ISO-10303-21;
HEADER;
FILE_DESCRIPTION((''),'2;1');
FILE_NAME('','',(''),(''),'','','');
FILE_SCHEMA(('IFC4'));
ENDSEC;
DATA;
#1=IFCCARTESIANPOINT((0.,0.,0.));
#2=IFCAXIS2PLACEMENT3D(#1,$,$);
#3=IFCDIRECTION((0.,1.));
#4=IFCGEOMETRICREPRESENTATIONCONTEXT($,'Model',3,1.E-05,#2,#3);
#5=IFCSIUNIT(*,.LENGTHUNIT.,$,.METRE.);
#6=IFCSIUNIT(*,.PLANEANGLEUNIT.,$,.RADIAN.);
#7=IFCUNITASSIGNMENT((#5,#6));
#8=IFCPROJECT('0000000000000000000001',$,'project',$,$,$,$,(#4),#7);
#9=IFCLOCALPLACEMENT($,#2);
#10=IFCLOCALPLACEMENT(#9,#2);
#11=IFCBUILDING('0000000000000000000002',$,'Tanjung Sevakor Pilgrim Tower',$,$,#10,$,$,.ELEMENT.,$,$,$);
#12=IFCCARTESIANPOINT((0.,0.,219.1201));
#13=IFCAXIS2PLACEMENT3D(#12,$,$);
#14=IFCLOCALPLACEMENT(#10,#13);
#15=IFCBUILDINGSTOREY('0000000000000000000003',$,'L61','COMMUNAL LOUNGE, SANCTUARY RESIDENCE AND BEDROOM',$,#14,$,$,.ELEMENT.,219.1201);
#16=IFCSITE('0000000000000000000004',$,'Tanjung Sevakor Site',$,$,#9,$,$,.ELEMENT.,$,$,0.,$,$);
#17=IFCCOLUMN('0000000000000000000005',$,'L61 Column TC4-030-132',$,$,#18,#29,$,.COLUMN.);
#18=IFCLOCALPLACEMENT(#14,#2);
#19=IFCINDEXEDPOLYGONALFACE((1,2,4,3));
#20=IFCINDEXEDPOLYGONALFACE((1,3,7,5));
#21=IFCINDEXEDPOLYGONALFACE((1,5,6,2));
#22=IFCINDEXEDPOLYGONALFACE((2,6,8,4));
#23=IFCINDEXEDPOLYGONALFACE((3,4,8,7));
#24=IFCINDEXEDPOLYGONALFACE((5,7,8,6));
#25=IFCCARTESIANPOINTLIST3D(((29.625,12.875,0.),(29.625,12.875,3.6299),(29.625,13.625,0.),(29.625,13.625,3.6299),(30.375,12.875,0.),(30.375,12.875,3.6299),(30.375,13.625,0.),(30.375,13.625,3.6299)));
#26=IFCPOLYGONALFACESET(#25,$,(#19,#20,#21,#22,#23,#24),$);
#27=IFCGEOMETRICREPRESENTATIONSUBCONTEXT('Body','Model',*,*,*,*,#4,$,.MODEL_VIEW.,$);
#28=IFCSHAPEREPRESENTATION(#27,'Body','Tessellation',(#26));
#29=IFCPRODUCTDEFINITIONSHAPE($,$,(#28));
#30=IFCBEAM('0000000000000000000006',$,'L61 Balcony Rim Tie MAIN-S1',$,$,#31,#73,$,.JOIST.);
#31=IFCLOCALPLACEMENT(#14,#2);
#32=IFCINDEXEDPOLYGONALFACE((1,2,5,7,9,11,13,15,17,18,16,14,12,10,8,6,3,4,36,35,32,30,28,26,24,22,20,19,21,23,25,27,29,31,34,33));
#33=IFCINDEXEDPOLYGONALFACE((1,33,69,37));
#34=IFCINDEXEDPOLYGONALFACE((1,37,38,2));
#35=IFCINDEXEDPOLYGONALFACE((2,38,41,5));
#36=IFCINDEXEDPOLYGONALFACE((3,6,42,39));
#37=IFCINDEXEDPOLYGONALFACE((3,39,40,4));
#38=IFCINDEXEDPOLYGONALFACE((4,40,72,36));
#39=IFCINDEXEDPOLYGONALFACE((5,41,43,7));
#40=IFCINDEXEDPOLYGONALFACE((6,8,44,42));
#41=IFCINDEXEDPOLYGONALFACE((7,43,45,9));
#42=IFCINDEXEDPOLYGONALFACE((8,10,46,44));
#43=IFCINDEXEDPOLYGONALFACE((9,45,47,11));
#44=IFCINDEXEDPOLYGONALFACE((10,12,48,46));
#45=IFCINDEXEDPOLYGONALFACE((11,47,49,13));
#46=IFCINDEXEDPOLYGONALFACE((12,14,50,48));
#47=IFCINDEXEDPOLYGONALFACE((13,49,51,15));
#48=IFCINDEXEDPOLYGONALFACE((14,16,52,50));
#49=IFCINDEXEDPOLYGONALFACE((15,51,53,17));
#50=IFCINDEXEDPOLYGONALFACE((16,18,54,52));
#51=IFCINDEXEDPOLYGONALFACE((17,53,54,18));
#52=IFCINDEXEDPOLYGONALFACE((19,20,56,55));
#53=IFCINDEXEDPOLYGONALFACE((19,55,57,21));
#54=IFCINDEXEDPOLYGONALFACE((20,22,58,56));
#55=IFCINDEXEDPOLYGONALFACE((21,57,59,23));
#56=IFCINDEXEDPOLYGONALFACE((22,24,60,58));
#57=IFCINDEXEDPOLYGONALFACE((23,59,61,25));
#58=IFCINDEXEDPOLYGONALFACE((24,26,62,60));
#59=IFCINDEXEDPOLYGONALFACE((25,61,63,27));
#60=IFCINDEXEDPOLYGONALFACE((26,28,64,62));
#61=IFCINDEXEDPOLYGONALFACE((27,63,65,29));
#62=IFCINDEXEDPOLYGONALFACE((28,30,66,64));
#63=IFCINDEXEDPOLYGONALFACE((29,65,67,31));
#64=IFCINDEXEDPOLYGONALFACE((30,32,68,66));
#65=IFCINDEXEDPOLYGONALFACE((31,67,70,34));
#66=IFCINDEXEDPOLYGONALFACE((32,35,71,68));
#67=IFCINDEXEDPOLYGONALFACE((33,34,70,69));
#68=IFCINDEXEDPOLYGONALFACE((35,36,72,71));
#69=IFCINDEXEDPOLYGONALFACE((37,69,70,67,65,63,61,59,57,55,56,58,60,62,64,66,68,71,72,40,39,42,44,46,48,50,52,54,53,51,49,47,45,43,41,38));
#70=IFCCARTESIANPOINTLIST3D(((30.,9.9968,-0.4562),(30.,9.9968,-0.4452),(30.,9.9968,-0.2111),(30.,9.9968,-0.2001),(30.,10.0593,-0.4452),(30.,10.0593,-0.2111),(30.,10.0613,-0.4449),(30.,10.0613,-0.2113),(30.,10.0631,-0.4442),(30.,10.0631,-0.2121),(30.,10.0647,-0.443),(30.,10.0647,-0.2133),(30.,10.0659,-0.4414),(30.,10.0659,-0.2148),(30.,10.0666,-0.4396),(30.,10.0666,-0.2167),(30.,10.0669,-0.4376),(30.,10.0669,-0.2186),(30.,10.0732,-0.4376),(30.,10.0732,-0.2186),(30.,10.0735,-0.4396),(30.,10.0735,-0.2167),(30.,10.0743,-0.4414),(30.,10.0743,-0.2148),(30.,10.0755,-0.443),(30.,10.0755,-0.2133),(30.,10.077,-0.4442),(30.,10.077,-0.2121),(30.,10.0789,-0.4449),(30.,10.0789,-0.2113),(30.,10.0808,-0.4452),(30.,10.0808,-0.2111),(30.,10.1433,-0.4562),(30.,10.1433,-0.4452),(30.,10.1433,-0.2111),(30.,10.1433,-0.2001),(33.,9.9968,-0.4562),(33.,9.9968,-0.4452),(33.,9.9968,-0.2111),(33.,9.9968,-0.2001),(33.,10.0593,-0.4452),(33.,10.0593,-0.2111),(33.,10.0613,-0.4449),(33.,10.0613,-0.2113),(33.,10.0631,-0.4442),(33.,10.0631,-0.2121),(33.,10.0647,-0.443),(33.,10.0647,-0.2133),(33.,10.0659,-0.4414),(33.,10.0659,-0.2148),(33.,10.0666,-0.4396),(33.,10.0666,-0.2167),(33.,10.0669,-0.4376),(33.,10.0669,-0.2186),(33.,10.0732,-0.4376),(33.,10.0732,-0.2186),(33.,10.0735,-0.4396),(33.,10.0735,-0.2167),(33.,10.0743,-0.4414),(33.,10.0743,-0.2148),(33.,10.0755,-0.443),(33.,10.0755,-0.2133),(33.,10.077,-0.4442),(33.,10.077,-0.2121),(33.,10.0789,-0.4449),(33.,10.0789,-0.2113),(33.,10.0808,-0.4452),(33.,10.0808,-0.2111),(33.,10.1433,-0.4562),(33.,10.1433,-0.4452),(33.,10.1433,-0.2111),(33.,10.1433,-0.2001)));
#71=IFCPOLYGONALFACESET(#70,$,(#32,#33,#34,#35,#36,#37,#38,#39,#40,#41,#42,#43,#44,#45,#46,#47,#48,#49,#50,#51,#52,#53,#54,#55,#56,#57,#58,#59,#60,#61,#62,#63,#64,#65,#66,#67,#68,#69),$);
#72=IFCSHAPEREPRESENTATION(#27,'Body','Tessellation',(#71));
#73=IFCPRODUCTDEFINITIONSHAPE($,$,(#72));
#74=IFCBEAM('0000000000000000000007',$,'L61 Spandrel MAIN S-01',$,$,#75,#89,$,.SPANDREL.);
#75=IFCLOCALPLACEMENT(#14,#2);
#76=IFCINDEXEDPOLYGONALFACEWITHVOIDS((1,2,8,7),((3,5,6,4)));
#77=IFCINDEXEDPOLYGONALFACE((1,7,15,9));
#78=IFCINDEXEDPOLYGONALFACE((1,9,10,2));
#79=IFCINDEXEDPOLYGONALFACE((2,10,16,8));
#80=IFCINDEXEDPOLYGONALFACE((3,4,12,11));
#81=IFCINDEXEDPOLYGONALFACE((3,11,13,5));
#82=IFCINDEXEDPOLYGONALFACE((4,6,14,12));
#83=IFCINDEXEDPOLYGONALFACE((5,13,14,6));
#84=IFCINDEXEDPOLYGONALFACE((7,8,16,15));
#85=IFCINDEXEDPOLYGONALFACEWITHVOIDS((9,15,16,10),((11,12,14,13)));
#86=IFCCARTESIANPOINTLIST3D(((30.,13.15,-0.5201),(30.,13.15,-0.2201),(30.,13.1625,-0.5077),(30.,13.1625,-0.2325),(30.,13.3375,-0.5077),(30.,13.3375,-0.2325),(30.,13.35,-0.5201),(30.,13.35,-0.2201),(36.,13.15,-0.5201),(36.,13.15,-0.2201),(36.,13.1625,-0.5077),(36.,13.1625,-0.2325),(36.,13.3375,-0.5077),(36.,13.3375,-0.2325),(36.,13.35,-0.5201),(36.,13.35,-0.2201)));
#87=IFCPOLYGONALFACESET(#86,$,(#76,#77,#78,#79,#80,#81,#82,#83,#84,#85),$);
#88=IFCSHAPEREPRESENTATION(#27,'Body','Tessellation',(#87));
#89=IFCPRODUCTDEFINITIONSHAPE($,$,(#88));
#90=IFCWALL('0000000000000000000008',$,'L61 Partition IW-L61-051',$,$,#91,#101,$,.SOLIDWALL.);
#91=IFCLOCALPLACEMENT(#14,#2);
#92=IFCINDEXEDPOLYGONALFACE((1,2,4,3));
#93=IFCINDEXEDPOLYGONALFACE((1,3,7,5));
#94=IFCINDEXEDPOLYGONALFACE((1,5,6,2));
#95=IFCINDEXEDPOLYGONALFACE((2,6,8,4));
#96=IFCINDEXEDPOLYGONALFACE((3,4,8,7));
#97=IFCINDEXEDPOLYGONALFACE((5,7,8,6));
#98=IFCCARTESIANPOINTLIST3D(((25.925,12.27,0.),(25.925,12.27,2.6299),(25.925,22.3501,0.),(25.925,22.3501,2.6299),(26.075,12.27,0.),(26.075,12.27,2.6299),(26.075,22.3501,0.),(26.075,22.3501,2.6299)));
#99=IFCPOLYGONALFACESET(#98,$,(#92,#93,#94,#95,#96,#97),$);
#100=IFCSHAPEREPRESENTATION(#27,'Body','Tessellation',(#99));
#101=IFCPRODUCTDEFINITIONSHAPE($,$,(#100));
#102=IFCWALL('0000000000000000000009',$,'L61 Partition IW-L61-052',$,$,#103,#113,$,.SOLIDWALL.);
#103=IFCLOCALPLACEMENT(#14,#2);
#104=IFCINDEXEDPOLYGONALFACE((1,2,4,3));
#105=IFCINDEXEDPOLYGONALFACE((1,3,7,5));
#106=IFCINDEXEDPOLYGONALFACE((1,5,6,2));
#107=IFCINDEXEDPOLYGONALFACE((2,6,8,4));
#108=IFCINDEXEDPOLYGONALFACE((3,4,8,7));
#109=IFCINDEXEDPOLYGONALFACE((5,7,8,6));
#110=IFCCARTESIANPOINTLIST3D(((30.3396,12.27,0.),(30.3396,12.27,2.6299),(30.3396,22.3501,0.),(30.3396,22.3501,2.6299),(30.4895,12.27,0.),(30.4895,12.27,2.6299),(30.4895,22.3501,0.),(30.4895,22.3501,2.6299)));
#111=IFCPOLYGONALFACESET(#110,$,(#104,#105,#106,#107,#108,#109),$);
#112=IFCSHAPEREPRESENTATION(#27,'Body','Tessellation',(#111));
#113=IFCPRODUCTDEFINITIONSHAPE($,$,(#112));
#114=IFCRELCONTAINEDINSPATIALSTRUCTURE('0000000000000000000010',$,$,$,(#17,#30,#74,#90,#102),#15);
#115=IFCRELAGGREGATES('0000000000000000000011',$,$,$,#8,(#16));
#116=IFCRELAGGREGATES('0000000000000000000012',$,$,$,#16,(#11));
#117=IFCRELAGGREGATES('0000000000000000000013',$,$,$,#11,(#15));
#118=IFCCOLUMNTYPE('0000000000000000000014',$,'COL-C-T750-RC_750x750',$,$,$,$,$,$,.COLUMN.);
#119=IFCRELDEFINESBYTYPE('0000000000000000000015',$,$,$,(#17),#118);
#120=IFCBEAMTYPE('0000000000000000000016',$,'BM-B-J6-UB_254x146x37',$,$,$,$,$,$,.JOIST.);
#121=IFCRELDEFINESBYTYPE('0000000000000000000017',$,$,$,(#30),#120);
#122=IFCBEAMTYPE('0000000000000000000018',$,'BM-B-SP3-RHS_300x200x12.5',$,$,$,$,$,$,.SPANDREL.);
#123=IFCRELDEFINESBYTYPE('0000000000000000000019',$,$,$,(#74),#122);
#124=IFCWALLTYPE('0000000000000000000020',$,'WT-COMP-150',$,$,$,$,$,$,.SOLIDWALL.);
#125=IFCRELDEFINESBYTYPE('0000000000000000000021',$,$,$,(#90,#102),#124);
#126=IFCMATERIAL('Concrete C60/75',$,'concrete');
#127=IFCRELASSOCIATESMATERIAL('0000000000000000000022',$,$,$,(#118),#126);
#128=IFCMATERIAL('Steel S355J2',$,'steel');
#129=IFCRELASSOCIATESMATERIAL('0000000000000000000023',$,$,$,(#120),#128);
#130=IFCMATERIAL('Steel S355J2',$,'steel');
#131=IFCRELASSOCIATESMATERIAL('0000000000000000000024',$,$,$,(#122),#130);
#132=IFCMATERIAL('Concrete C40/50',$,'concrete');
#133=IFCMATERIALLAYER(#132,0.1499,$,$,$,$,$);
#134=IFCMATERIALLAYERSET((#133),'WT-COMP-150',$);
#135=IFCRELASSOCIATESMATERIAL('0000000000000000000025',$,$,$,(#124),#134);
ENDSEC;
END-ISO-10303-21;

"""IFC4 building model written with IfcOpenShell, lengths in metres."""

from ifc_helpers import new_model, si_unit, direction, frame, frame_2d, origin, origin_2d, place, context, subcontext, project, spatial, rectangle, hollow_rectangle, i_section, extrude, material, layer, layer_set, material_profile, profile_set, type_object, element, save


model = new_model("IFC4")

# Units and contexts
model_context = context("Model", 3, precision=1e-05, world=origin(), true_north=direction((0.0, 1.0)))
body_context = subcontext(model_context, "Body", "Model", "MODEL_VIEW")
ifc_project = project(units=[si_unit("LENGTHUNIT", "METRE"), si_unit("PLANEANGLEUNIT", "RADIAN")], contexts=[model_context])

# Site, building, storey
site_placement = place(None, origin())
site = spatial("IfcSite", under=ifc_project, at=site_placement, Name="Tanjung Sevakor Site", CompositionType="ELEMENT", RefElevation=0.0)
building_placement = place(site_placement, origin())
building = spatial("IfcBuilding", under=site, at=building_placement, Name="Tanjung Sevakor Pilgrim Tower", CompositionType="ELEMENT")
storey_placement = place(building_placement, frame((0.0, 0.0, 219.1201)))
storey = spatial("IfcBuildingStorey", under=building, at=storey_placement, Name="L61", Description="COMMUNAL LOUNGE, SANCTUARY RESIDENCE AND BEDROOM", CompositionType="ELEMENT", Elevation=219.1201)

# Column
ifc_material_1 = material(Name="Concrete C60/75", Category="concrete")
ifc_material_profile_1 = material_profile(ifc_material_1, rectangle(XDim=0.75, YDim=0.75, at=origin_2d()))
ifc_profile_set_1 = profile_set([ifc_material_profile_1], Name="Concrete C60/75")
column_type = type_object("IfcColumnType", Name="COL-C-T750-RC_750x750", PredefinedType="COLUMN", material=ifc_profile_set_1)
column_placement = place(storey_placement, frame((30.0, 13.25, 0.0), z_axis=(0.0, 0.0, 1.0), x_axis=(1.0, 0.0, 0.0)))
element("IfcColumn", 1, at=column_placement, inside=storey, type_object=column_type, Name="L61 Column TC4-030-132", PredefinedType="COLUMN", context=body_context, shape_type="SweptSolid", body=[
    extrude(rectangle(XDim=0.75, YDim=0.75, at=origin_2d()), origin(), (0.0, 0.0, 1.0), 3.6299),
])

# Beams
ifc_material_2 = material(Name="Steel S355J2", Category="steel")
ifc_material_profile_2 = material_profile(ifc_material_2, i_section(OverallWidth=0.1465, OverallDepth=0.2561, WebThickness=0.0063, FlangeThickness=0.011, FilletRadius=0.0076, at=origin_2d()))
ifc_profile_set_2 = profile_set([ifc_material_profile_2], Name="Steel S355J2")
beam_type_1 = type_object("IfcBeamType", Name="BM-B-J6-UB_254x146x37", PredefinedType="JOIST", material=ifc_profile_set_2)
beam_1_placement = place(storey_placement, frame((30.0, 10.0701, -0.3281), z_axis=(1.0, 0.0, 0.0), x_axis=(0.0, 1.0, 0.0)))
element("IfcBeam", 2, at=beam_1_placement, inside=storey, type_object=beam_type_1, Name="L61 Balcony Rim Tie MAIN-S1", PredefinedType="JOIST", context=body_context, shape_type="SweptSolid", body=[
    extrude(i_section(OverallWidth=0.1465, OverallDepth=0.2561, WebThickness=0.0063, FlangeThickness=0.011, FilletRadius=0.0076, at=origin_2d()), origin(), (0.0, 0.0, 1.0), 3.0),
])
ifc_material_3 = material(Name="Steel S355J2", Category="steel")
ifc_material_profile_3 = material_profile(ifc_material_3, hollow_rectangle(XDim=0.2, YDim=0.3, WallThickness=0.0125, at=origin_2d()))
ifc_profile_set_3 = profile_set([ifc_material_profile_3], Name="Steel S355J2")
beam_type_2 = type_object("IfcBeamType", Name="BM-B-SP3-RHS_300x200x12.5", PredefinedType="SPANDREL", material=ifc_profile_set_3)
beam_2_placement = place(storey_placement, frame((30.0, 13.25, -0.3701), z_axis=(1.0, 0.0, 0.0), x_axis=(0.0, 1.0, 0.0)))
element("IfcBeam", 3, at=beam_2_placement, inside=storey, type_object=beam_type_2, Name="L61 Spandrel MAIN S-01", PredefinedType="SPANDREL", context=body_context, shape_type="SweptSolid", body=[
    extrude(hollow_rectangle(XDim=0.2, YDim=0.3, WallThickness=0.0125, at=origin_2d()), origin(), (0.0, 0.0, 1.0), 6.0),
])

# Walls
ifc_material_4 = material(Name="Concrete C40/50", Category="concrete")
ifc_layer_1 = layer(ifc_material_4, 0.1499)
ifc_layer_set_1 = layer_set([ifc_layer_1], Name="WT-COMP-150")
wall_type_1 = type_object("IfcWallType", Name="WT-COMP-150", PredefinedType="SOLIDWALL", material=ifc_layer_set_1)
for number, where, z_axis, x_axis, name in (
    (4, (26.0, 12.27, 0.0), (0.0, 0.0, 1.0), (0.0, 1.0, 0.0), "L61 Partition IW-L61-051"),
    (5, (30.4146, 12.27, 0.0), (0.0, 0.0, 1.0), (0.0, 1.0, 0.0), "L61 Partition IW-L61-052"),
):
    element("IfcWall", number, at=place(storey_placement, frame(where, z_axis=z_axis, x_axis=x_axis)), inside=storey, type_object=wall_type_1, Name=name, PredefinedType="SOLIDWALL", context=body_context, shape_type="SweptSolid", body=[
        extrude(rectangle(XDim=10.0801, YDim=0.1499, at=frame_2d((5.04, 0.0))), origin(), (0.0, 0.0, 1.0), 2.6299),
    ])

save(model, "model.ifc")
